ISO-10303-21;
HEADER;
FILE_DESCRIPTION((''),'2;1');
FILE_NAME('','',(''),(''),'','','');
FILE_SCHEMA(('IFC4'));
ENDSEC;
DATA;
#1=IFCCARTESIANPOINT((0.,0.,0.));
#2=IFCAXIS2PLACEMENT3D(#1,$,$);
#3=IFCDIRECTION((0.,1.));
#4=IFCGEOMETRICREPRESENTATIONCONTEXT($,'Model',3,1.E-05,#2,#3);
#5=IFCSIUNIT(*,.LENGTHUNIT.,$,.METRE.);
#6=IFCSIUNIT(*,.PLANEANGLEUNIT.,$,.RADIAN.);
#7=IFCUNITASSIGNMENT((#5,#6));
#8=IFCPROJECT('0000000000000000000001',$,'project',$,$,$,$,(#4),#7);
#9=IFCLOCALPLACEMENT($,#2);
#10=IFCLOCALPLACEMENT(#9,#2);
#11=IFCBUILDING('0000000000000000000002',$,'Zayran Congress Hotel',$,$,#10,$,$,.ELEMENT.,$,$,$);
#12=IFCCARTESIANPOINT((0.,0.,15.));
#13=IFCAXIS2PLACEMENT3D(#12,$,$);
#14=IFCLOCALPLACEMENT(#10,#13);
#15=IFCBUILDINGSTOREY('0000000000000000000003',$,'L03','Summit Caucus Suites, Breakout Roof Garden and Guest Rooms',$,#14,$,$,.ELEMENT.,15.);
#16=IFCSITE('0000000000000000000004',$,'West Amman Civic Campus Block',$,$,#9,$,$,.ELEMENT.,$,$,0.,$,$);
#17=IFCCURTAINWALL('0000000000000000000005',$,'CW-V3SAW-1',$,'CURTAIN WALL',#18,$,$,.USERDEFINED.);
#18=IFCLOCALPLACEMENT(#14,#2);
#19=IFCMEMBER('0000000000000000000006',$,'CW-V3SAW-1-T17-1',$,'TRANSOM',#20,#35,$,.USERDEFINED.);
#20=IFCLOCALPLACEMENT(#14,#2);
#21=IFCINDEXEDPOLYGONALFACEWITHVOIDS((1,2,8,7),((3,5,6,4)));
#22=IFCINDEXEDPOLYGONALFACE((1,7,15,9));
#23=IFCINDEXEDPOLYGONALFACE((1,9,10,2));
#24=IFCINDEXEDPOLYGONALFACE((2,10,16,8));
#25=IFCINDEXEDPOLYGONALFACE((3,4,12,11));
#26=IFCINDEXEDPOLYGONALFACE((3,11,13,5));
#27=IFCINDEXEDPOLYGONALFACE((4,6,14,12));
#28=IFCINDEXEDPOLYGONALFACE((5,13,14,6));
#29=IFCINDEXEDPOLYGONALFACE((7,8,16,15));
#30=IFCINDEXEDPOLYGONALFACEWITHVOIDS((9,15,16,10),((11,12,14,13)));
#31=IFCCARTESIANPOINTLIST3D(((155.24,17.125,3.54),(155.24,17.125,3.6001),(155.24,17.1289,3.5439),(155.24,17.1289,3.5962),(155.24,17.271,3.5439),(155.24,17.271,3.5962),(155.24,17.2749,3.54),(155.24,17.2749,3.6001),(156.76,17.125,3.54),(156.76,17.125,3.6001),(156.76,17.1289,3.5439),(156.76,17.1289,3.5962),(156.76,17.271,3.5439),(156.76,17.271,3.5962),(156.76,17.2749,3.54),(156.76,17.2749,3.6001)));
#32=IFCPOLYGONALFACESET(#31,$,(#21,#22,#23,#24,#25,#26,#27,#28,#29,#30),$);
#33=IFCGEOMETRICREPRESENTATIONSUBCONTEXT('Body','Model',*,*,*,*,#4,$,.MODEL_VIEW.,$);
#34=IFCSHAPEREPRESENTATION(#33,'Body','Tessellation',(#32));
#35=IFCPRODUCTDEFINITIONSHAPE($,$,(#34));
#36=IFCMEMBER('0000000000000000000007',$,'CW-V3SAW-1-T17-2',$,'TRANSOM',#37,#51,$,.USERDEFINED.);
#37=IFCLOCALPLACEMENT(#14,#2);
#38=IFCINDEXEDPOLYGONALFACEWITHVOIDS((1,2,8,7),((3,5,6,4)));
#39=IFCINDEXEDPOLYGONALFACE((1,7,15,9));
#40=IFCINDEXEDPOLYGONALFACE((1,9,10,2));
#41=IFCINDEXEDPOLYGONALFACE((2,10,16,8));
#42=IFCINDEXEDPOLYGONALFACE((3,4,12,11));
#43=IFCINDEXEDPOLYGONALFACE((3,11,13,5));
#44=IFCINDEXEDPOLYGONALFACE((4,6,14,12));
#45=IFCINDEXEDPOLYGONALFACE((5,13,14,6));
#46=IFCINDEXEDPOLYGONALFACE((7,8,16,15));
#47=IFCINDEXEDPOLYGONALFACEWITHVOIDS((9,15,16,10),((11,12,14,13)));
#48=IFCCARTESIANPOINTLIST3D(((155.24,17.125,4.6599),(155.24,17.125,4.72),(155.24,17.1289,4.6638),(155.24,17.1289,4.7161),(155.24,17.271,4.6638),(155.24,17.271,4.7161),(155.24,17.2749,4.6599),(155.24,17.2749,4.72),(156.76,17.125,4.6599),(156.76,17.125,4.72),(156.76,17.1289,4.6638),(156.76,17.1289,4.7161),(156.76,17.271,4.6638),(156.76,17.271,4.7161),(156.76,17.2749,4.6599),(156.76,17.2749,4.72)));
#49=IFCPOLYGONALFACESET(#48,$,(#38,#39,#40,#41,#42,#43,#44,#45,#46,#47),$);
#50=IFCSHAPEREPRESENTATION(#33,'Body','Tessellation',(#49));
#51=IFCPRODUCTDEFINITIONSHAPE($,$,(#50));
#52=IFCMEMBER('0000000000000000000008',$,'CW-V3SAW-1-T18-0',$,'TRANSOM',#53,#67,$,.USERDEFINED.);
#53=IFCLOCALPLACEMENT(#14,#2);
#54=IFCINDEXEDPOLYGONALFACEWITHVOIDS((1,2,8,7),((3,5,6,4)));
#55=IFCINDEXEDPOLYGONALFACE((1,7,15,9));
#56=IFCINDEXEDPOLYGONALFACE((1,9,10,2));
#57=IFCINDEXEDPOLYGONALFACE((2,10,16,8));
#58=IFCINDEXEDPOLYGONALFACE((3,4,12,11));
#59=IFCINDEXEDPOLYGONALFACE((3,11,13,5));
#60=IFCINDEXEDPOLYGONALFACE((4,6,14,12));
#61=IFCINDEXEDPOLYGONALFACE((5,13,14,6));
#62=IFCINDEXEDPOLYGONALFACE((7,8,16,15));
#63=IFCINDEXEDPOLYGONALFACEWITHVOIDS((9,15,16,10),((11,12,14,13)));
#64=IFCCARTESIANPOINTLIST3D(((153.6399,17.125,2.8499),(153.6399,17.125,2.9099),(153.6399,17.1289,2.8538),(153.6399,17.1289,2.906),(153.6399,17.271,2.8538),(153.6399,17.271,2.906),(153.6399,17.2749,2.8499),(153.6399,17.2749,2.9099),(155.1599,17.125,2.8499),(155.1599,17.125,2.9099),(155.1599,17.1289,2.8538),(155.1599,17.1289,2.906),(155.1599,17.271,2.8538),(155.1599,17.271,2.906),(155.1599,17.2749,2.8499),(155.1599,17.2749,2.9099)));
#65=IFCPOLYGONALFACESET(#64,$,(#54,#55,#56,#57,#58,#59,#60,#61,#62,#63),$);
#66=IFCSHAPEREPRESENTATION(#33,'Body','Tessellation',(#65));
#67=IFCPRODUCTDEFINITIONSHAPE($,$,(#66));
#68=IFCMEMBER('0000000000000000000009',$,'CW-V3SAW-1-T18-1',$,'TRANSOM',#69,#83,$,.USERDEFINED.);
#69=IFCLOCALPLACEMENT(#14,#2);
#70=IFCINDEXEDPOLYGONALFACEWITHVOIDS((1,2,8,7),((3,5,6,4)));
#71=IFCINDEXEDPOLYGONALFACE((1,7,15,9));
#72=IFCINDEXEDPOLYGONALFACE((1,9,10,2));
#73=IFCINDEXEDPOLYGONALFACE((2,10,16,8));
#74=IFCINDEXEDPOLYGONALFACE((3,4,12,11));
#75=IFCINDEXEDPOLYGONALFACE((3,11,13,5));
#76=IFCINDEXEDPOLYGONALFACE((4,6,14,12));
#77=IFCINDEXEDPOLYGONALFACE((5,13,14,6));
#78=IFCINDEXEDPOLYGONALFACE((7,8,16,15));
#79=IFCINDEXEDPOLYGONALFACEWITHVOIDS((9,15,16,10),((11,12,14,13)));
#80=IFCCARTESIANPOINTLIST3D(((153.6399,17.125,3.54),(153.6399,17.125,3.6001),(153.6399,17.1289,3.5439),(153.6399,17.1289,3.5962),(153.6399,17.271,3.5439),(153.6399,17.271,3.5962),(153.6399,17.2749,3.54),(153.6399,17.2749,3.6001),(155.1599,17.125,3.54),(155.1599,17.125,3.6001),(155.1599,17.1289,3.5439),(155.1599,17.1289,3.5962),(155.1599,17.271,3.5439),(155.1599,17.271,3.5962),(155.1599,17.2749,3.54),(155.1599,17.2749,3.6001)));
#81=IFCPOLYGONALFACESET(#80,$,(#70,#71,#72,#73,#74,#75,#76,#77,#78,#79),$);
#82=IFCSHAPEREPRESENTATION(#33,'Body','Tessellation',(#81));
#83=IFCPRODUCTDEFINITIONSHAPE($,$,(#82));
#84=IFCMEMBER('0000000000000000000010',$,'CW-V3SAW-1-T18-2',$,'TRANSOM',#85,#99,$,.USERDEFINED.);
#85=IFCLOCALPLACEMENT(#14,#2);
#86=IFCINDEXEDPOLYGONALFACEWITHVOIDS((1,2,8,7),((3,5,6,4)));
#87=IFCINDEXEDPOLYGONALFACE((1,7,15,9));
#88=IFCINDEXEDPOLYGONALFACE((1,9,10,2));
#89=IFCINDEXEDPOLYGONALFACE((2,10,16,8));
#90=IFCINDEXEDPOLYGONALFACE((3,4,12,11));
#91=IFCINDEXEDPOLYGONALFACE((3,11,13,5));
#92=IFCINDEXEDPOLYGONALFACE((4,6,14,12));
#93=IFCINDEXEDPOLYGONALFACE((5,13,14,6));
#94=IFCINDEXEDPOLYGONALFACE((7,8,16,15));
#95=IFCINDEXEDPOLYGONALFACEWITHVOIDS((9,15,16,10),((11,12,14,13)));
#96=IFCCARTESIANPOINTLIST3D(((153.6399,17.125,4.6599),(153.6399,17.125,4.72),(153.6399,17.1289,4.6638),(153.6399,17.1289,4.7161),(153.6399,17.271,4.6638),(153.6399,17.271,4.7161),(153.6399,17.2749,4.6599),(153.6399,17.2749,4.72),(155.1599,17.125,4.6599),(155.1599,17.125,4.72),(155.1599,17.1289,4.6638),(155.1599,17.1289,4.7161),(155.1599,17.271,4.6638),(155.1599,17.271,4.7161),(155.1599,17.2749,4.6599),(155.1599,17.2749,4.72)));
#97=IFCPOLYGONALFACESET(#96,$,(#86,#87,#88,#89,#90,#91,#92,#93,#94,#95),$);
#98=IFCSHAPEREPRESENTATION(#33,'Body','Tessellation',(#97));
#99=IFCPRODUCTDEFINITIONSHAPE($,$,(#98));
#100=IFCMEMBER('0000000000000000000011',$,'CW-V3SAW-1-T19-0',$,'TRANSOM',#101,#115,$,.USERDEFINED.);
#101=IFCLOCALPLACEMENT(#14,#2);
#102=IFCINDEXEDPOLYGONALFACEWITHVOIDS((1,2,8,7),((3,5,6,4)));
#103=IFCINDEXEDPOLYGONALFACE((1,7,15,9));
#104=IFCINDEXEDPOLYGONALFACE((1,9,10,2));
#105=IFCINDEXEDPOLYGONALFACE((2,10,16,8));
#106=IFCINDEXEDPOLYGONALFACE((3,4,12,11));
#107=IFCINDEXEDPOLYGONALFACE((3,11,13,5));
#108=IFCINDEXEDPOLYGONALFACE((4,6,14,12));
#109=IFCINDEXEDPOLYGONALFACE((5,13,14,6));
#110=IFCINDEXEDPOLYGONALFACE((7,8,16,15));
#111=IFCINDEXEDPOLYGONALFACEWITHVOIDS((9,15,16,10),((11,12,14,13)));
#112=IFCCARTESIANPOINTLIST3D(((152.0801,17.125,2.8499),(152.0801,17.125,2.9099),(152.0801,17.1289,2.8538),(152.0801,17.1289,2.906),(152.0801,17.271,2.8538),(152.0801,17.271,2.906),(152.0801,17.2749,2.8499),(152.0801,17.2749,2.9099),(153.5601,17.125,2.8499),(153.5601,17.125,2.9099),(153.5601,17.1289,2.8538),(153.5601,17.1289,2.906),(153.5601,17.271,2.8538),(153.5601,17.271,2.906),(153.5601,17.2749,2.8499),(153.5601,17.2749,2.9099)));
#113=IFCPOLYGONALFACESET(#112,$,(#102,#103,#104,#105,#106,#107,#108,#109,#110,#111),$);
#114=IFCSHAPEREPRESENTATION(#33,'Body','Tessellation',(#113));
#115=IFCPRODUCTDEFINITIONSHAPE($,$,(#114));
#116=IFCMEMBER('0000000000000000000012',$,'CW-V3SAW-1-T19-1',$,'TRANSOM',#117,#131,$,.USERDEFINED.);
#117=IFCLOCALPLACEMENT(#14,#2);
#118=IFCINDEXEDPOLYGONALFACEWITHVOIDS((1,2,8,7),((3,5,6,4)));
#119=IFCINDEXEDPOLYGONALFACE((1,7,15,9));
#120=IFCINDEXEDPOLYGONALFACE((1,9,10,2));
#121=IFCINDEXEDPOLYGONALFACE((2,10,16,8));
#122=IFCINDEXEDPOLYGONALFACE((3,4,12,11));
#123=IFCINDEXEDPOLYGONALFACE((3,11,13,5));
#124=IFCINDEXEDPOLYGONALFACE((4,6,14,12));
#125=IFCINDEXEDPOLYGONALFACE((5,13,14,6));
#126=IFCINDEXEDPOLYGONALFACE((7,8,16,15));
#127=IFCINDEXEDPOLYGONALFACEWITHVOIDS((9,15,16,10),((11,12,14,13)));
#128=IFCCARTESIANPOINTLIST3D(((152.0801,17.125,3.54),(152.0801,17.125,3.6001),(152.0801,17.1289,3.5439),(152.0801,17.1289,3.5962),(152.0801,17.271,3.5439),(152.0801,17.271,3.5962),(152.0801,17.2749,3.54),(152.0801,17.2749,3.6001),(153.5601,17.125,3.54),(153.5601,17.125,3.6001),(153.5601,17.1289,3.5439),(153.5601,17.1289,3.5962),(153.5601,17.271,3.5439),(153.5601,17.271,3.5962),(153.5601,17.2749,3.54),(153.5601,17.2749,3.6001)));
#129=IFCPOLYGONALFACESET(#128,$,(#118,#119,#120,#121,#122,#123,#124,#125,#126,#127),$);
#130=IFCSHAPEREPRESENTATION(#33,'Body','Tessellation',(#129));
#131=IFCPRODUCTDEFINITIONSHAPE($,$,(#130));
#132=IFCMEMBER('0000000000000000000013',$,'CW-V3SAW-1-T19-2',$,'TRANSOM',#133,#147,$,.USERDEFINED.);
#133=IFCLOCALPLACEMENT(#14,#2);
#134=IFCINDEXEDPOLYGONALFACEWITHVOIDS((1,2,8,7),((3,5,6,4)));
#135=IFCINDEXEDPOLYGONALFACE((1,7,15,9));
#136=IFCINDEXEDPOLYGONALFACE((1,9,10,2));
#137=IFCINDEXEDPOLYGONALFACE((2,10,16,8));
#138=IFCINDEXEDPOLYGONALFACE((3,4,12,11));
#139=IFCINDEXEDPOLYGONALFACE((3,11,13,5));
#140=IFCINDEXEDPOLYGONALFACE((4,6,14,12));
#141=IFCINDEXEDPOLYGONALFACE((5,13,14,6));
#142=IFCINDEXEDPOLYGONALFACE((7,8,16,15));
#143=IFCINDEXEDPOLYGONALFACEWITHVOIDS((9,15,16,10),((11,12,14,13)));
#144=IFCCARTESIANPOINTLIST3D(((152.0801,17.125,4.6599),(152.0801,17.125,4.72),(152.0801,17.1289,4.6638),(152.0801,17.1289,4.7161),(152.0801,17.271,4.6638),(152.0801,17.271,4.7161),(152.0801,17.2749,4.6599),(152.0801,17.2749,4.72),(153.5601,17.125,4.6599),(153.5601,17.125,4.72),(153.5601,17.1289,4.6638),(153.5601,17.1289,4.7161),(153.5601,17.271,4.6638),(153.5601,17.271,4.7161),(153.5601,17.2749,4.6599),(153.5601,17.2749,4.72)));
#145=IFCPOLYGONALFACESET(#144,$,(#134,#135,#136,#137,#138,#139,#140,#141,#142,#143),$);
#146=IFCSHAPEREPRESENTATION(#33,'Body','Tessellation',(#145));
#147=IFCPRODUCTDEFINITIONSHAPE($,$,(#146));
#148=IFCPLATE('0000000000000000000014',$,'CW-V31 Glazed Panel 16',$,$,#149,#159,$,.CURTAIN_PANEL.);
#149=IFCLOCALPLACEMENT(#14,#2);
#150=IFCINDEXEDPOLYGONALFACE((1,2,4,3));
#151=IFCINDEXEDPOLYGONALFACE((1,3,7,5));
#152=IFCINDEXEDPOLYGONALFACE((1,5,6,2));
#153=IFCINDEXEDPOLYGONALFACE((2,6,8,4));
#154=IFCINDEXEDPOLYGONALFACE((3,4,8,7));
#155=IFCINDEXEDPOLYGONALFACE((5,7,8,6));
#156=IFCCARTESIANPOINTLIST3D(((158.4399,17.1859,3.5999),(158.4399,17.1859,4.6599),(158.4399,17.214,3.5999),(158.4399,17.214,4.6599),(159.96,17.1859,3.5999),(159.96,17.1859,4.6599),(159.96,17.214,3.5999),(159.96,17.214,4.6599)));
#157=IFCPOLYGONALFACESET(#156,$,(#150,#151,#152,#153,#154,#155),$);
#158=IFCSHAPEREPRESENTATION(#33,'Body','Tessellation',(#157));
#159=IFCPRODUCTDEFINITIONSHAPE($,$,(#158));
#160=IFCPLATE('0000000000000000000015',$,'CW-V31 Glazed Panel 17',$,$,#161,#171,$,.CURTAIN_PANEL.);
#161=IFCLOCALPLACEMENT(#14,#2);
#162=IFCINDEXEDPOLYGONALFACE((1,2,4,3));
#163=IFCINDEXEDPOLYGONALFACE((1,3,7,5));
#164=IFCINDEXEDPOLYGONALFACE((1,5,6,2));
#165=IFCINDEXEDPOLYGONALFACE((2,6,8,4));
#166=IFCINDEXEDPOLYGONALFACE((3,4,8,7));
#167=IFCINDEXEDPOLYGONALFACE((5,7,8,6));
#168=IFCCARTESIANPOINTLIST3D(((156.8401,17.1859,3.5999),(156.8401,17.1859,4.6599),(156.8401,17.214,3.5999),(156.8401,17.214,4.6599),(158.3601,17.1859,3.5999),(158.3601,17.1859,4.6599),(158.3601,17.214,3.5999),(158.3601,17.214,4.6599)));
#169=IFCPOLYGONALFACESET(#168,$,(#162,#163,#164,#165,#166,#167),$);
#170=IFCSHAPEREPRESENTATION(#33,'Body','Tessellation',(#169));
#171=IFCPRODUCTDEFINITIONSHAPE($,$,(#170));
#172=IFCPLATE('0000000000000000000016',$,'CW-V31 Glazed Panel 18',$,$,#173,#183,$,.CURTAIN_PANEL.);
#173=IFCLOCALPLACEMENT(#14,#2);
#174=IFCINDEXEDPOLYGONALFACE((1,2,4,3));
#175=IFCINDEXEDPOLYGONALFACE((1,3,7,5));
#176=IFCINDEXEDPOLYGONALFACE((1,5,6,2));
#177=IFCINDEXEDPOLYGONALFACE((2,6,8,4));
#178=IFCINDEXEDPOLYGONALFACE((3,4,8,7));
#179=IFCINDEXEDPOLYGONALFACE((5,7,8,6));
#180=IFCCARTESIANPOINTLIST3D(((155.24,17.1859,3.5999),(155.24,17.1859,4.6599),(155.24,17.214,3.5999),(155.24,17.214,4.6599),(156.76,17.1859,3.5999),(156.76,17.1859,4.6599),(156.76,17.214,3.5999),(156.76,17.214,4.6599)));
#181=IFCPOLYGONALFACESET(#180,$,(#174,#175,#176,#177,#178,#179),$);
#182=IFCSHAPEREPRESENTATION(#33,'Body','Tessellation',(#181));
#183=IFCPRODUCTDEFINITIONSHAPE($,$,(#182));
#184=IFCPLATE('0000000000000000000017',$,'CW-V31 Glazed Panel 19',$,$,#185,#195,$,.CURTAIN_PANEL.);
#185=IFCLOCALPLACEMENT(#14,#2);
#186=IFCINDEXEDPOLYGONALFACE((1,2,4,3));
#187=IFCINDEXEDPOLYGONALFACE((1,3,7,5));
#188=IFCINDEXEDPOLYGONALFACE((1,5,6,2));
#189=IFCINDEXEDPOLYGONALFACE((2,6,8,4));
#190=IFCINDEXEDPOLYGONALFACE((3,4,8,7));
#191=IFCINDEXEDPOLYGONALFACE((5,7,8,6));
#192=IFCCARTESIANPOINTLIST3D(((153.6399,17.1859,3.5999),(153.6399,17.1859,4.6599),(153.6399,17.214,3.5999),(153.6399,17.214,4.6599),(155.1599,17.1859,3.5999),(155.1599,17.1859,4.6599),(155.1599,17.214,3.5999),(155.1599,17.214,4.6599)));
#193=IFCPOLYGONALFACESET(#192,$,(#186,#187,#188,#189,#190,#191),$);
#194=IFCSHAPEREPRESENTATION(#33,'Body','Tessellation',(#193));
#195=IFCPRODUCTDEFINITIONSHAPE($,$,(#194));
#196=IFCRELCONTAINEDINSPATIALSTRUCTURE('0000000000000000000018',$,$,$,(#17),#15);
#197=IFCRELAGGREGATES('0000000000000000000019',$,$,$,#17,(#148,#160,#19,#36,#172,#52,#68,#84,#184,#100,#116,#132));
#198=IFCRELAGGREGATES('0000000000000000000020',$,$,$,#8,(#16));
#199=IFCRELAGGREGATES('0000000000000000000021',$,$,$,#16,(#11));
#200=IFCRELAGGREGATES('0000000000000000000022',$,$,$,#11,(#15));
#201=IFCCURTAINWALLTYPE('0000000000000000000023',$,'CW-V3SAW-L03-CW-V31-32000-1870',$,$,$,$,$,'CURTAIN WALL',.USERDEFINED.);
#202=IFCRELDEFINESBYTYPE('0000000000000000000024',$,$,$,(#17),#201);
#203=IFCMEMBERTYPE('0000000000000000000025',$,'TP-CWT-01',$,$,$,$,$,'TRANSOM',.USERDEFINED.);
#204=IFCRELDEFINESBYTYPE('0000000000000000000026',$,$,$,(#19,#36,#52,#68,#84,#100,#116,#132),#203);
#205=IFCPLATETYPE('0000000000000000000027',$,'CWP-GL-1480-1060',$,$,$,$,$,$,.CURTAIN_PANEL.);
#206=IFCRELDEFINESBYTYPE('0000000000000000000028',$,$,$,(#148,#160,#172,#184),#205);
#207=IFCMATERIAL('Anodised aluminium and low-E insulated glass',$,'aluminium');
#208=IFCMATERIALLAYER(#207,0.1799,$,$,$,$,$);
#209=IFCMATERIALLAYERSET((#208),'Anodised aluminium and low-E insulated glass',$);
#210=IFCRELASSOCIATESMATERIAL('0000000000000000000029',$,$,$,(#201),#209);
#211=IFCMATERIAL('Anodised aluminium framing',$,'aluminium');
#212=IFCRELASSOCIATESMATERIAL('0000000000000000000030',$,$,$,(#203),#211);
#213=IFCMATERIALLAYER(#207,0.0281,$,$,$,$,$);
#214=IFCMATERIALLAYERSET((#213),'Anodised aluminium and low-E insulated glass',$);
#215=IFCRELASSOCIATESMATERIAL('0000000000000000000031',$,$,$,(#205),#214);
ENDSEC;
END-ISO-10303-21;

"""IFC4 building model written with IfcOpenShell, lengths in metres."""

from ifc_helpers import new_model, si_unit, direction, frame, origin, origin_2d, place, context, subcontext, project, spatial, rectangle, hollow_rectangle, extrude, material, layer, layer_set, material_profile, profile_set, type_object, element, aggregate, save


model = new_model("IFC4")

# Units and contexts
model_context = context("Model", 3, precision=1e-05, world=origin(), true_north=direction((0.0, 1.0)))
body_context = subcontext(model_context, "Body", "Model", "MODEL_VIEW")
ifc_project = project(units=[si_unit("LENGTHUNIT", "METRE"), si_unit("PLANEANGLEUNIT", "RADIAN")], contexts=[model_context])

# Site, building, storey
site_placement = place(None, origin())
site = spatial("IfcSite", under=ifc_project, at=site_placement, Name="West Amman Civic Campus Block", CompositionType="ELEMENT", RefElevation=0.0)
building_placement = place(site_placement, origin())
building = spatial("IfcBuilding", under=site, at=building_placement, Name="Zayran Congress Hotel", CompositionType="ELEMENT")
storey_placement = place(building_placement, frame((0.0, 0.0, 15.0)))
storey = spatial("IfcBuildingStorey", under=building, at=storey_placement, Name="L03", Description="Summit Caucus Suites, Breakout Roof Garden and Guest Rooms", CompositionType="ELEMENT", Elevation=15.0)

# Curtain wall, members, plates
ifc_material_1 = material(Name="Anodised aluminium and low-E insulated glass", Category="aluminium")
ifc_layer_1 = layer(ifc_material_1, 0.1799)
ifc_layer_set_1 = layer_set([ifc_layer_1], Name="Anodised aluminium and low-E insulated glass")
curtain_wall_type = type_object("IfcCurtainWallType", Name="CW-V3SAW-L03-CW-V31-32000-1870", ElementType="CURTAIN WALL", PredefinedType="USERDEFINED", material=ifc_layer_set_1)
curtain_wall_placement = place(storey_placement, origin())
curtain_wall = element("IfcCurtainWall", 1, at=curtain_wall_placement, inside=storey, type_object=curtain_wall_type, Name="CW-V3SAW-1", ObjectType="CURTAIN WALL", PredefinedType="USERDEFINED")
ifc_material_2 = material(Name="Anodised aluminium framing", Category="aluminium")
ifc_material_profile_1 = material_profile(ifc_material_2, hollow_rectangle(XDim=0.0601, YDim=0.1499, WallThickness=0.0039, at=origin_2d()), Name="RHS 150x60x4")
ifc_profile_set_1 = profile_set([ifc_material_profile_1], Name="Anodised aluminium framing")
member_type_1 = type_object("IfcMemberType", Name="TP-CWT-01", ElementType="TRANSOM", PredefinedType="USERDEFINED", material=ifc_profile_set_1)
member_1_placement = place(storey_placement, frame((156.76, 17.2, 3.5701), z_axis=(-1.0, 0.0, 0.0), x_axis=(0.0, 0.0, 1.0)))
member_1 = element("IfcMember", 2, at=member_1_placement, type_object=member_type_1, Name="CW-V3SAW-1-T17-1", ObjectType="TRANSOM", PredefinedType="USERDEFINED", context=body_context, shape_type="SweptSolid", body=[
    extrude(hollow_rectangle(XDim=0.0601, YDim=0.1499, WallThickness=0.0039, at=origin_2d()), origin(), (0.0, 0.0, 1.0), 1.52),
])
member_2_placement = place(storey_placement, frame((156.76, 17.2, 4.6899), z_axis=(-1.0, 0.0, 0.0), x_axis=(0.0, 0.0, 1.0)))
member_2 = element("IfcMember", 3, at=member_2_placement, type_object=member_type_1, Name="CW-V3SAW-1-T17-2", ObjectType="TRANSOM", PredefinedType="USERDEFINED", context=body_context, shape_type="SweptSolid", body=[
    extrude(hollow_rectangle(XDim=0.0601, YDim=0.1499, WallThickness=0.0039, at=origin_2d()), origin(), (0.0, 0.0, 1.0), 1.52),
])
member_3_placement = place(storey_placement, frame((155.1599, 17.2, 2.8799), z_axis=(-1.0, 0.0, 0.0), x_axis=(0.0, 0.0, 1.0)))
member_3 = element("IfcMember", 4, at=member_3_placement, type_object=member_type_1, Name="CW-V3SAW-1-T18-0", ObjectType="TRANSOM", PredefinedType="USERDEFINED", context=body_context, shape_type="SweptSolid", body=[
    extrude(hollow_rectangle(XDim=0.0601, YDim=0.1499, WallThickness=0.0039, at=origin_2d()), origin(), (0.0, 0.0, 1.0), 1.52),
])
member_4_placement = place(storey_placement, frame((155.1599, 17.2, 3.5701), z_axis=(-1.0, 0.0, 0.0), x_axis=(0.0, 0.0, 1.0)))
member_4 = element("IfcMember", 5, at=member_4_placement, type_object=member_type_1, Name="CW-V3SAW-1-T18-1", ObjectType="TRANSOM", PredefinedType="USERDEFINED", context=body_context, shape_type="SweptSolid", body=[
    extrude(hollow_rectangle(XDim=0.0601, YDim=0.1499, WallThickness=0.0039, at=origin_2d()), origin(), (0.0, 0.0, 1.0), 1.52),
])
member_5_placement = place(storey_placement, frame((155.1599, 17.2, 4.6899), z_axis=(-1.0, 0.0, 0.0), x_axis=(0.0, 0.0, 1.0)))
member_5 = element("IfcMember", 6, at=member_5_placement, type_object=member_type_1, Name="CW-V3SAW-1-T18-2", ObjectType="TRANSOM", PredefinedType="USERDEFINED", context=body_context, shape_type="SweptSolid", body=[
    extrude(hollow_rectangle(XDim=0.0601, YDim=0.1499, WallThickness=0.0039, at=origin_2d()), origin(), (0.0, 0.0, 1.0), 1.52),
])
member_6_placement = place(storey_placement, frame((153.5601, 17.2, 2.8799), z_axis=(-1.0, 0.0, 0.0), x_axis=(0.0, 0.0, 1.0)))
member_6 = element("IfcMember", 7, at=member_6_placement, type_object=member_type_1, Name="CW-V3SAW-1-T19-0", ObjectType="TRANSOM", PredefinedType="USERDEFINED", context=body_context, shape_type="SweptSolid", body=[
    extrude(hollow_rectangle(XDim=0.0601, YDim=0.1499, WallThickness=0.0039, at=origin_2d()), origin(), (0.0, 0.0, 1.0), 1.48),
])
member_7_placement = place(storey_placement, frame((153.5601, 17.2, 3.5701), z_axis=(-1.0, 0.0, 0.0), x_axis=(0.0, 0.0, 1.0)))
member_7 = element("IfcMember", 8, at=member_7_placement, type_object=member_type_1, Name="CW-V3SAW-1-T19-1", ObjectType="TRANSOM", PredefinedType="USERDEFINED", context=body_context, shape_type="SweptSolid", body=[
    extrude(hollow_rectangle(XDim=0.0601, YDim=0.1499, WallThickness=0.0039, at=origin_2d()), origin(), (0.0, 0.0, 1.0), 1.48),
])
member_8_placement = place(storey_placement, frame((153.5601, 17.2, 4.6899), z_axis=(-1.0, 0.0, 0.0), x_axis=(0.0, 0.0, 1.0)))
member_8 = element("IfcMember", 9, at=member_8_placement, type_object=member_type_1, Name="CW-V3SAW-1-T19-2", ObjectType="TRANSOM", PredefinedType="USERDEFINED", context=body_context, shape_type="SweptSolid", body=[
    extrude(hollow_rectangle(XDim=0.0601, YDim=0.1499, WallThickness=0.0039, at=origin_2d()), origin(), (0.0, 0.0, 1.0), 1.48),
])
ifc_layer_2 = layer(ifc_material_1, 0.0281)
ifc_layer_set_2 = layer_set([ifc_layer_2], Name="Anodised aluminium and low-E insulated glass")
plate_type_1 = type_object("IfcPlateType", Name="CWP-GL-1480-1060", PredefinedType="CURTAIN_PANEL", material=ifc_layer_set_2)
plate_1_placement = place(storey_placement, frame((159.2, 17.2, 3.5999), z_axis=(0.0, 0.0, 1.0), x_axis=(1.0, 0.0, 0.0)))
plate_1 = element("IfcPlate", 10, at=plate_1_placement, type_object=plate_type_1, Name="CW-V31 Glazed Panel 16", PredefinedType="CURTAIN_PANEL", context=body_context, shape_type="SweptSolid", body=[
    extrude(rectangle(XDim=1.52, YDim=0.0281, at=origin_2d()), origin(), (0.0, 0.0, 1.0), 1.0601),
])
plate_2_placement = place(storey_placement, frame((157.6001, 17.2, 3.5999), z_axis=(0.0, 0.0, 1.0), x_axis=(1.0, 0.0, 0.0)))
plate_2 = element("IfcPlate", 11, at=plate_2_placement, type_object=plate_type_1, Name="CW-V31 Glazed Panel 17", PredefinedType="CURTAIN_PANEL", context=body_context, shape_type="SweptSolid", body=[
    extrude(rectangle(XDim=1.52, YDim=0.0281, at=origin_2d()), origin(), (0.0, 0.0, 1.0), 1.0601),
])
plate_3_placement = place(storey_placement, frame((156.0, 17.2, 3.5999), z_axis=(0.0, 0.0, 1.0), x_axis=(1.0, 0.0, 0.0)))
plate_3 = element("IfcPlate", 12, at=plate_3_placement, type_object=plate_type_1, Name="CW-V31 Glazed Panel 18", PredefinedType="CURTAIN_PANEL", context=body_context, shape_type="SweptSolid", body=[
    extrude(rectangle(XDim=1.52, YDim=0.0281, at=origin_2d()), origin(), (0.0, 0.0, 1.0), 1.0601),
])
plate_4_placement = place(storey_placement, frame((154.3999, 17.2, 3.5999), z_axis=(0.0, 0.0, 1.0), x_axis=(1.0, 0.0, 0.0)))
plate_4 = element("IfcPlate", 13, at=plate_4_placement, type_object=plate_type_1, Name="CW-V31 Glazed Panel 19", PredefinedType="CURTAIN_PANEL", context=body_context, shape_type="SweptSolid", body=[
    extrude(rectangle(XDim=1.52, YDim=0.0281, at=origin_2d()), origin(), (0.0, 0.0, 1.0), 1.0601),
])
aggregate(curtain_wall, [plate_1, plate_2, member_1, member_2, plate_3, member_3, member_4, member_5, plate_4, member_6, member_7, member_8])

save(model, "model.ifc")
